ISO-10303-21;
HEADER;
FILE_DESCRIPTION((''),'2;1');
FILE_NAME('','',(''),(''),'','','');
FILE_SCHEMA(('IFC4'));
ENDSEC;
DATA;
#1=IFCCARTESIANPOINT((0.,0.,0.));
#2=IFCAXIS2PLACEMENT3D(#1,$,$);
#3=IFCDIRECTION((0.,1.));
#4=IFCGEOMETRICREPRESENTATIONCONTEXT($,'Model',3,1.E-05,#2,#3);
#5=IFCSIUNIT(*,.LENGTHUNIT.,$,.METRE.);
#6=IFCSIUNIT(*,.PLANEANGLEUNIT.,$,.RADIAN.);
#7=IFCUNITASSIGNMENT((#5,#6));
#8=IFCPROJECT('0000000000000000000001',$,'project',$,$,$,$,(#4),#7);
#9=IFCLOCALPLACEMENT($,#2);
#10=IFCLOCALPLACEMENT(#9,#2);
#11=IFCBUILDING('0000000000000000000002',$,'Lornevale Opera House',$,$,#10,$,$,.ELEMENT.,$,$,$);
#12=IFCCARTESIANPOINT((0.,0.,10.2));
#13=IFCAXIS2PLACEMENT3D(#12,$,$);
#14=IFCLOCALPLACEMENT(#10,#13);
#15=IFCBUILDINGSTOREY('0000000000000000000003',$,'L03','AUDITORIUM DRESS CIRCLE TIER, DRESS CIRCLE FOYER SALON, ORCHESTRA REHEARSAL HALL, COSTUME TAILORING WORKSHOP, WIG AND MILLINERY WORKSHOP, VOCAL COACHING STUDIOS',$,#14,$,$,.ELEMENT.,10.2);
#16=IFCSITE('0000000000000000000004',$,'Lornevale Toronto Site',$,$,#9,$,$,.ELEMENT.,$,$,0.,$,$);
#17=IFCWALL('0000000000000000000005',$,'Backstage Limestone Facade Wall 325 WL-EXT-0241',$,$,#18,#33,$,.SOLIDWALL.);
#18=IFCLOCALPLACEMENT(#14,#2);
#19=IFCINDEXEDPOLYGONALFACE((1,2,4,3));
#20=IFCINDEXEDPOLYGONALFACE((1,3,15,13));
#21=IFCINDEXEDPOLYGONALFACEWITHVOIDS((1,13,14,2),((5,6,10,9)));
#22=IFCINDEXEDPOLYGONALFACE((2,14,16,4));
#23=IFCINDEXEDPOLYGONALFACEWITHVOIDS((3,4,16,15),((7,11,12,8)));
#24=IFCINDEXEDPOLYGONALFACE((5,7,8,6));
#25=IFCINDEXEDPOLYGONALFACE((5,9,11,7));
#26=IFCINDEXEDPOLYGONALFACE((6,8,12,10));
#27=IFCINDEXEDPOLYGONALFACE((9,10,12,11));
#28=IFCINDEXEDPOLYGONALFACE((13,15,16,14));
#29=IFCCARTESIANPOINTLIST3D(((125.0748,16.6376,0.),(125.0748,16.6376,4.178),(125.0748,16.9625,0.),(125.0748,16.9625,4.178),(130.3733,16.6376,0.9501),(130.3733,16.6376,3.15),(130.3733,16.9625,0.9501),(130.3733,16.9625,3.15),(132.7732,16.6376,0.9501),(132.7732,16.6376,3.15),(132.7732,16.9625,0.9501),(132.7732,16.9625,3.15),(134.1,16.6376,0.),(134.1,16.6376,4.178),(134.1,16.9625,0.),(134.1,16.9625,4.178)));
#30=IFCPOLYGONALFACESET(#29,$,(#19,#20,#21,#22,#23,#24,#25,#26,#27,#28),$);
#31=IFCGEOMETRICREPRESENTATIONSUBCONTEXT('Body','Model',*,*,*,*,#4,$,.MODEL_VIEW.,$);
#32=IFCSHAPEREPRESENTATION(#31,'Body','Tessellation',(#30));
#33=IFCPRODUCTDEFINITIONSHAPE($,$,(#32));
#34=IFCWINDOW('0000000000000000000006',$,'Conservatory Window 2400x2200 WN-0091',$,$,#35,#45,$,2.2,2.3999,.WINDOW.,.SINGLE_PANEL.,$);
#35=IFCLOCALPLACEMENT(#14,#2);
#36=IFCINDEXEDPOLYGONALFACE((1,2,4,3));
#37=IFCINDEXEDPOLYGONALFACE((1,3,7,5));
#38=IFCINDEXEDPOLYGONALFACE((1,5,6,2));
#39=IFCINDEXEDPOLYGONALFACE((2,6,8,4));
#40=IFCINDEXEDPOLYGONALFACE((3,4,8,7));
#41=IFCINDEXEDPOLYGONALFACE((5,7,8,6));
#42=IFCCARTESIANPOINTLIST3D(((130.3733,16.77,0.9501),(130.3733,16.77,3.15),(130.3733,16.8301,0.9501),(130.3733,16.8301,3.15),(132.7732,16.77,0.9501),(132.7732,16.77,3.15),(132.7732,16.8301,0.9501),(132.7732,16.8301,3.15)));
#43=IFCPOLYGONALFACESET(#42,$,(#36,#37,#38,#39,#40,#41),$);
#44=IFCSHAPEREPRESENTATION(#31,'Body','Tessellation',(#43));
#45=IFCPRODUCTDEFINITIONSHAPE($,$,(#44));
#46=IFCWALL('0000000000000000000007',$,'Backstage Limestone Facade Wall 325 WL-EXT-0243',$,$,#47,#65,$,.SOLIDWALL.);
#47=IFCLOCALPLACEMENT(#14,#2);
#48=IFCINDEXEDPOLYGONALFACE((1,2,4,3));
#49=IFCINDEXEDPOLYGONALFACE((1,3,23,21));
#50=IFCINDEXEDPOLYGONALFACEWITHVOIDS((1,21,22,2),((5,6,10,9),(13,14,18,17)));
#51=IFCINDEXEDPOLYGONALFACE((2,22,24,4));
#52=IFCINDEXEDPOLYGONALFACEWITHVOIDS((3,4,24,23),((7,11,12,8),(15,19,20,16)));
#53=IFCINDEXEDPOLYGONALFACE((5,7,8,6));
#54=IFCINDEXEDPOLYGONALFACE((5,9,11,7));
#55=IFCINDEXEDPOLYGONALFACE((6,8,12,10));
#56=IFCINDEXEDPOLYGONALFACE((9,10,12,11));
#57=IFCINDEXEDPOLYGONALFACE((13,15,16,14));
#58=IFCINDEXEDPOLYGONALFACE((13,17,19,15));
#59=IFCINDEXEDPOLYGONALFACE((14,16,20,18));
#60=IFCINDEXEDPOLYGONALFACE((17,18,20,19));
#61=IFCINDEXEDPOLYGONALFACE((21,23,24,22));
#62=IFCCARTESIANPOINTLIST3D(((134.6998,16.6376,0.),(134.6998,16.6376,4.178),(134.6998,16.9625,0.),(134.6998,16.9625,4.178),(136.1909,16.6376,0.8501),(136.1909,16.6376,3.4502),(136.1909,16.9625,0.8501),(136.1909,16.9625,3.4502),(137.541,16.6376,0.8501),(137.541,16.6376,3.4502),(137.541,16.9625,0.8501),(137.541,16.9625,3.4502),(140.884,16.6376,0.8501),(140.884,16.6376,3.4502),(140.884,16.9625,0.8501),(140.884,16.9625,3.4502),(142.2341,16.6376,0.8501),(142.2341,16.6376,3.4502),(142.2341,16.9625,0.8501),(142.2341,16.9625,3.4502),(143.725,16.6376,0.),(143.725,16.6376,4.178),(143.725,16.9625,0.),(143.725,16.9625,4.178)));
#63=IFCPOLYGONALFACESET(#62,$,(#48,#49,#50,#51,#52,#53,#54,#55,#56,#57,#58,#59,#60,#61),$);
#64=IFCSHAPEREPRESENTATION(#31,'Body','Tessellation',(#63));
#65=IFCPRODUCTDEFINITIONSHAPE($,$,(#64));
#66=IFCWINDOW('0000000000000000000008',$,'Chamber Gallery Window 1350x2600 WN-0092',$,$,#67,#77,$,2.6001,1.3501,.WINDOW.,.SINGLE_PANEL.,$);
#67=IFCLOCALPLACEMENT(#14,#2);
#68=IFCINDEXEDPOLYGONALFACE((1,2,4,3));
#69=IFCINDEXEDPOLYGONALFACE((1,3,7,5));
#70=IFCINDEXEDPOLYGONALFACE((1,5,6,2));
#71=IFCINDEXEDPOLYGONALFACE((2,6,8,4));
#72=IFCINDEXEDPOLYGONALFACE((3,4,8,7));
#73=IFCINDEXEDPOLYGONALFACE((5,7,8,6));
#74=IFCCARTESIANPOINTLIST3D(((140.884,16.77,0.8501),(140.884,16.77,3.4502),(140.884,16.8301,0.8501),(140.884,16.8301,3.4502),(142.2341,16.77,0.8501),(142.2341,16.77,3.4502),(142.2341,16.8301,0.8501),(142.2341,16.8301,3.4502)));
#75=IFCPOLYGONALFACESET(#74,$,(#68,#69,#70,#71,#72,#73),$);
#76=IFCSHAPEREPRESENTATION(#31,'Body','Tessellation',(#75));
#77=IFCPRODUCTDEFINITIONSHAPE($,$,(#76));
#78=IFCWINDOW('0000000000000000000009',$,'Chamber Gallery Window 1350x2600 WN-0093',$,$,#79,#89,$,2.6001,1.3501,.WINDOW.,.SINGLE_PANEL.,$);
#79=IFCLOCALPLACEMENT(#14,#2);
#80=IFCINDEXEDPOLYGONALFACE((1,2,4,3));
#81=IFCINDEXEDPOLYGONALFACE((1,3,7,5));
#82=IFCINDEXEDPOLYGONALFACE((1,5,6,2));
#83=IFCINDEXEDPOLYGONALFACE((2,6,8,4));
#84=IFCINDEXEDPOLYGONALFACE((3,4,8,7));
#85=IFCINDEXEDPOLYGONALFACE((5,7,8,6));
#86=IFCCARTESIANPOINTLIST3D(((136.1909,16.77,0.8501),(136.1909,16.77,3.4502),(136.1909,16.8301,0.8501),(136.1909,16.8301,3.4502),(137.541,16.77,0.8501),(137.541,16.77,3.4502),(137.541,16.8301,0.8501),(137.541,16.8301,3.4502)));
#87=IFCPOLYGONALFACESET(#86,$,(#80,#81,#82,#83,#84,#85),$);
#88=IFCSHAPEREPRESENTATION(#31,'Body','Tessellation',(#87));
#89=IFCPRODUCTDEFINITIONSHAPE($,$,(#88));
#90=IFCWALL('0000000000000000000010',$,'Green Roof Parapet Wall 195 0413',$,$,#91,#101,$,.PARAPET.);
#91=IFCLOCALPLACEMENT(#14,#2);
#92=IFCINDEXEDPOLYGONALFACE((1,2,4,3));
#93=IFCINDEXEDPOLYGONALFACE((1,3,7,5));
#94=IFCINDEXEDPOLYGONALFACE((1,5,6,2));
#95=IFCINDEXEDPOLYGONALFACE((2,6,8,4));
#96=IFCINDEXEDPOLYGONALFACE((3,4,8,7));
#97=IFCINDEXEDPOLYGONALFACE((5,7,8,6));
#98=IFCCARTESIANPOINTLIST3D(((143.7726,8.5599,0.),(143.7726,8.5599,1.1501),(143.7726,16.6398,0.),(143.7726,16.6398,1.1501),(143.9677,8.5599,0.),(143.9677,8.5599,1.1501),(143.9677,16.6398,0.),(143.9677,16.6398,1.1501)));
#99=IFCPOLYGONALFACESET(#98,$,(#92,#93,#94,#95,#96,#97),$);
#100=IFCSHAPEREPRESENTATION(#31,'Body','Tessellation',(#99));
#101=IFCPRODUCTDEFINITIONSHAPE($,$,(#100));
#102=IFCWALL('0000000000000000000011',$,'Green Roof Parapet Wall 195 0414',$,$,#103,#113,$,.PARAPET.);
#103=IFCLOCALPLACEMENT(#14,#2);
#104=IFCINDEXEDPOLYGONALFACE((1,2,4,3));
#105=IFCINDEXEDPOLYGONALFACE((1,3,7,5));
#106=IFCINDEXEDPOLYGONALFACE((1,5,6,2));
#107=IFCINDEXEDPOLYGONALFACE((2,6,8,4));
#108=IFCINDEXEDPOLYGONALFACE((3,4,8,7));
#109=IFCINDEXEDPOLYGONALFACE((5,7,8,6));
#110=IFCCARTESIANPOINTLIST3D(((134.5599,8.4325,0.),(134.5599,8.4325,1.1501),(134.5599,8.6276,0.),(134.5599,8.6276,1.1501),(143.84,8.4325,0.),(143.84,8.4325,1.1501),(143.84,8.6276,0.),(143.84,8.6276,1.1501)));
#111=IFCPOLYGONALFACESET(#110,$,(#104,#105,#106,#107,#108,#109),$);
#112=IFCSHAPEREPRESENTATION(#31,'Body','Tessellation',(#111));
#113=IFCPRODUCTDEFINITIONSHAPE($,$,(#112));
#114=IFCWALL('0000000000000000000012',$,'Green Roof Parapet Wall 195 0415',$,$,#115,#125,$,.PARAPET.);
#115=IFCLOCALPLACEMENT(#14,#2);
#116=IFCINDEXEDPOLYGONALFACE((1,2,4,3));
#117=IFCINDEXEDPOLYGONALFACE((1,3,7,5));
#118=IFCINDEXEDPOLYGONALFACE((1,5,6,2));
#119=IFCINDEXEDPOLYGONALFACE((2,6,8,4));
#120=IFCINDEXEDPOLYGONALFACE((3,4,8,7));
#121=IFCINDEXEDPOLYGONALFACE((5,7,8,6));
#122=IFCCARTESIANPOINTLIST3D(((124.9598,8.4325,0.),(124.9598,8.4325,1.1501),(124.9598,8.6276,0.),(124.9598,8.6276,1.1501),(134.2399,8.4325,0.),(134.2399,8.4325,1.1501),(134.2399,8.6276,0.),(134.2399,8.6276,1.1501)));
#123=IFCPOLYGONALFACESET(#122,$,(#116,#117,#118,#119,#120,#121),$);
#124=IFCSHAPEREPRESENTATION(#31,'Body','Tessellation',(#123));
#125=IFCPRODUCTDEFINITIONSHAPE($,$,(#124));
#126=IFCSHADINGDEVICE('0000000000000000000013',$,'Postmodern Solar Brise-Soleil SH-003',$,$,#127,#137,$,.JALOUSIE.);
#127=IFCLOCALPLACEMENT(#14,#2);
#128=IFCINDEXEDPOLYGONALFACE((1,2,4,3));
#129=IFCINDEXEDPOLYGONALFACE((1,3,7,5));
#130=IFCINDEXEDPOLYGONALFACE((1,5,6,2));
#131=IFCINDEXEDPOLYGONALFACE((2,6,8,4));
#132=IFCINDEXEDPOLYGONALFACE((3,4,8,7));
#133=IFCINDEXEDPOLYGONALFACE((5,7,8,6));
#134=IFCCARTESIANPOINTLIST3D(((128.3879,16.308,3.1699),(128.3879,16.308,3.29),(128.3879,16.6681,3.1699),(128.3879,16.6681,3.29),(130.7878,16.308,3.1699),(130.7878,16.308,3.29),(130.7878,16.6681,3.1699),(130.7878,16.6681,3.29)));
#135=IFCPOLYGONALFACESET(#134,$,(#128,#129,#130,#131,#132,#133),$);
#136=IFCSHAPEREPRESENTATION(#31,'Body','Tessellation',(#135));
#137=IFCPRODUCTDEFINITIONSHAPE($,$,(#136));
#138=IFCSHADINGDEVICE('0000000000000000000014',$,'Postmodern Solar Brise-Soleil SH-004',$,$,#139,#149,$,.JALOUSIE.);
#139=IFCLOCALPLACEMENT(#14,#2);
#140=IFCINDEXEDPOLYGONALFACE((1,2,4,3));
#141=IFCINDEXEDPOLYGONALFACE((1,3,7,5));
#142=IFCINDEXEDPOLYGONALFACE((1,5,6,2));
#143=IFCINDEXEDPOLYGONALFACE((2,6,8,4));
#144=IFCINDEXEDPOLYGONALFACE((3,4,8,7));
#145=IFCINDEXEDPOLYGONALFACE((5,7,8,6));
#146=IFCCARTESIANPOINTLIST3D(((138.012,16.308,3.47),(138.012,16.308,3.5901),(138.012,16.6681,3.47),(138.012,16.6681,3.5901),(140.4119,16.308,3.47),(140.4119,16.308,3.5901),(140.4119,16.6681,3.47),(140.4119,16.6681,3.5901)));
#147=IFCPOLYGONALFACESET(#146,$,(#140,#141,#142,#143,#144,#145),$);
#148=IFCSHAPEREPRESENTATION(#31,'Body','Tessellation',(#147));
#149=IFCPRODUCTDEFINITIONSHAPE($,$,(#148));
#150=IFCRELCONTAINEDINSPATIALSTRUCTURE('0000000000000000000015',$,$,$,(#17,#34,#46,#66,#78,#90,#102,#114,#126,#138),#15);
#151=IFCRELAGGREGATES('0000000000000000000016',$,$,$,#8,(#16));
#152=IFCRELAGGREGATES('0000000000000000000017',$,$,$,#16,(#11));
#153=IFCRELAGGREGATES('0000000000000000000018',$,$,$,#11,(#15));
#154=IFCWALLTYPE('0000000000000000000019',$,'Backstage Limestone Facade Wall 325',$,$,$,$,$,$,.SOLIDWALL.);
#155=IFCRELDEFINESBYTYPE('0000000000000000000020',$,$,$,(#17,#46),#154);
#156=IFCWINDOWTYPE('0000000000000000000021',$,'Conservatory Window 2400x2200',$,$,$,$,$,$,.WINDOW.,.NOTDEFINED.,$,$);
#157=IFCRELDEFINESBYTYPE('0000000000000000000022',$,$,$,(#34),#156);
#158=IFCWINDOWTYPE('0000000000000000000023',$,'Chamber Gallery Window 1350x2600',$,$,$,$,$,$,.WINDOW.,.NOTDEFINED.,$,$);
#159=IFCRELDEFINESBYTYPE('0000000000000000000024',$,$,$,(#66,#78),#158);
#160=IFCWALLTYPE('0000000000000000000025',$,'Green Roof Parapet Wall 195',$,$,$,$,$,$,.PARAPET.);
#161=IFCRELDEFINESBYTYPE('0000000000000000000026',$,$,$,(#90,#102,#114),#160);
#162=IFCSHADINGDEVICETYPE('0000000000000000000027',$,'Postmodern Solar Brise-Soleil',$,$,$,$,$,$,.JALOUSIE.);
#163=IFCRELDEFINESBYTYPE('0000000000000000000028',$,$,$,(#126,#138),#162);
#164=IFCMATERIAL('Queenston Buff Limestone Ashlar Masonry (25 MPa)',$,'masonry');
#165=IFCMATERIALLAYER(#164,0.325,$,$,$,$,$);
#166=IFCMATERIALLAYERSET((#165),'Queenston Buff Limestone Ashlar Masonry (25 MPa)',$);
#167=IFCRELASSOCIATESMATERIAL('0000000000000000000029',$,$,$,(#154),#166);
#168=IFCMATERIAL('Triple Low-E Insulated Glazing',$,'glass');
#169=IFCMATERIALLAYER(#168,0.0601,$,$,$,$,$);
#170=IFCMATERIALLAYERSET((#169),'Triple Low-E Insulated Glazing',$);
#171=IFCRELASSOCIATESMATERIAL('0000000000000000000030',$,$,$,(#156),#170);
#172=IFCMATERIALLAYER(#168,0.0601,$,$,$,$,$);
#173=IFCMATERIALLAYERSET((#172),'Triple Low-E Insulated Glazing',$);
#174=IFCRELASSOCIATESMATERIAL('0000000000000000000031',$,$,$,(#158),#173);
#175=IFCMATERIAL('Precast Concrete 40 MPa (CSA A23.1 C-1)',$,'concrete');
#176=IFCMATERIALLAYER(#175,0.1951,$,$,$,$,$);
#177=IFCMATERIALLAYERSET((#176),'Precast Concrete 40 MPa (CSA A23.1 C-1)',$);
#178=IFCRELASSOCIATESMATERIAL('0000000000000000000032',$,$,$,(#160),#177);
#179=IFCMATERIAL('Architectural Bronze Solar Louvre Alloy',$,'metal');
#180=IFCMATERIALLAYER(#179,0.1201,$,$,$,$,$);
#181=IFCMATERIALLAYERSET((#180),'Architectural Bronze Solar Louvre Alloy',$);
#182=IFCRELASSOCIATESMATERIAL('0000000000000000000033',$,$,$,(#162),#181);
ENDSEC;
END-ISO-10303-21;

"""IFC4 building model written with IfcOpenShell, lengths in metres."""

from ifc_helpers import new_model, si_unit, direction, frame, frame_2d, origin, origin_2d, place, context, subcontext, project, spatial, rectangle, extrude, material, layer, layer_set, type_object, element, fill, save


model = new_model("IFC4")

# Units and contexts
model_context = context("Model", 3, precision=1e-05, world=origin(), true_north=direction((0.0, 1.0)))
body_context = subcontext(model_context, "Body", "Model", "MODEL_VIEW")
ifc_project = project(units=[si_unit("LENGTHUNIT", "METRE"), si_unit("PLANEANGLEUNIT", "RADIAN")], contexts=[model_context])

# Site, building, storey
site_placement = place(None, origin())
site = spatial("IfcSite", under=ifc_project, at=site_placement, Name="Lornevale Toronto Site", CompositionType="ELEMENT", RefElevation=0.0)
building_placement = place(site_placement, origin())
building = spatial("IfcBuilding", under=site, at=building_placement, Name="Lornevale Opera House", CompositionType="ELEMENT")
storey_placement = place(building_placement, frame((0.0, 0.0, 10.2)))
storey = spatial("IfcBuildingStorey", under=building, at=storey_placement, Name="L03", Description="AUDITORIUM DRESS CIRCLE TIER, DRESS CIRCLE FOYER SALON, ORCHESTRA REHEARSAL HALL, COSTUME TAILORING WORKSHOP, WIG AND MILLINERY WORKSHOP, VOCAL COACHING STUDIOS", CompositionType="ELEMENT", Elevation=10.2)

# Wall, opening, window
ifc_material_1 = material(Name="Queenston Buff Limestone Ashlar Masonry (25 MPa)", Category="masonry")
ifc_layer_1 = layer(ifc_material_1, 0.325)
ifc_layer_set_1 = layer_set([ifc_layer_1], Name="Queenston Buff Limestone Ashlar Masonry (25 MPa)")
wall_type_1 = type_object("IfcWallType", Name="Backstage Limestone Facade Wall 325", PredefinedType="SOLIDWALL", material=ifc_layer_set_1)
wall_1_placement = place(storey_placement, frame((134.1001, 16.8, 0.0), z_axis=(0.0, 0.0, 1.0), x_axis=(-1.0, 0.0, 0.0)))
wall_1 = element("IfcWall", 1, at=wall_1_placement, inside=storey, type_object=wall_type_1, Name="Backstage Limestone Facade Wall 325 WL-EXT-0241", PredefinedType="SOLIDWALL", context=body_context, shape_type="SweptSolid", body=[
    extrude(rectangle(XDim=9.0251, YDim=0.325, at=frame_2d((4.5127, 0.0))), origin(), (0.0, 0.0, 1.0), 4.178),
])
opening_1_placement = place(wall_1_placement, frame((1.3269, 0.0, 0.95)))
opening_1 = element("IfcOpeningElement", 2, at=opening_1_placement, cuts=wall_1, PredefinedType="OPENING", context=body_context, shape_type="SweptSolid", body=[
    extrude(rectangle(XDim=2.3999, YDim=2.2, at=frame_2d((1.2, 1.1001))), frame((0.0, 0.1724, 0.0), z_axis=(0.0, -1.0, 0.0), x_axis=(1.0, 0.0, 0.0)), (0.0, 0.0, 1.0), 0.345),
])
ifc_material_2 = material(Name="Triple Low-E Insulated Glazing", Category="glass")
ifc_layer_2 = layer(ifc_material_2, 0.0601)
ifc_layer_set_2 = layer_set([ifc_layer_2], Name="Triple Low-E Insulated Glazing")
window_type_1 = type_object("IfcWindowType", Name="Conservatory Window 2400x2200", PartitioningType="NOTDEFINED", PredefinedType="WINDOW", material=ifc_layer_set_2)
window_1_placement = place(opening_1_placement, origin())
window_1 = element("IfcWindow", 3, at=window_1_placement, inside=storey, type_object=window_type_1, Name="Conservatory Window 2400x2200 WN-0091", OverallHeight=2.2, OverallWidth=2.3999, PartitioningType="SINGLE_PANEL", PredefinedType="WINDOW", context=body_context, shape_type="SweptSolid", body=[
    extrude(rectangle(XDim=2.3999, YDim=2.2, at=frame_2d((1.2, 1.1001))), frame((0.0, 0.03, 0.0), z_axis=(0.0, -1.0, 0.0), x_axis=(1.0, 0.0, 0.0)), (0.0, 0.0, 1.0), 0.0601),
])
fill(opening_1, window_1)

# Wall, openings, windows
wall_2_placement = place(storey_placement, frame((143.7251, 16.8, 0.0), z_axis=(0.0, 0.0, 1.0), x_axis=(-1.0, 0.0, 0.0)))
wall_2 = element("IfcWall", 4, at=wall_2_placement, inside=storey, type_object=wall_type_1, Name="Backstage Limestone Facade Wall 325 WL-EXT-0243", PredefinedType="SOLIDWALL", context=body_context, shape_type="SweptSolid", body=[
    extrude(rectangle(XDim=9.0251, YDim=0.325, at=frame_2d((4.5127, 0.0))), origin(), (0.0, 0.0, 1.0), 4.178),
])
opening_2_placement = place(wall_2_placement, frame((1.491, 0.0, 0.8501)))
opening_2 = element("IfcOpeningElement", 5, at=opening_2_placement, cuts=wall_2, PredefinedType="OPENING", context=body_context, shape_type="SweptSolid", body=[
    extrude(rectangle(XDim=1.3501, YDim=2.6001, at=frame_2d((0.675, 1.3))), frame((0.0, 0.1724, 0.0), z_axis=(0.0, -1.0, 0.0), x_axis=(1.0, 0.0, 0.0)), (0.0, 0.0, 1.0), 0.345),
])
opening_3_placement = place(wall_2_placement, frame((6.1841, 0.0, 0.8501)))
opening_3 = element("IfcOpeningElement", 6, at=opening_3_placement, cuts=wall_2, PredefinedType="OPENING", context=body_context, shape_type="SweptSolid", body=[
    extrude(rectangle(XDim=1.3501, YDim=2.6001, at=frame_2d((0.675, 1.3))), frame((0.0, 0.1724, 0.0), z_axis=(0.0, -1.0, 0.0), x_axis=(1.0, 0.0, 0.0)), (0.0, 0.0, 1.0), 0.345),
])
ifc_layer_3 = layer(ifc_material_2, 0.0601)
ifc_layer_set_3 = layer_set([ifc_layer_3], Name="Triple Low-E Insulated Glazing")
window_type_2 = type_object("IfcWindowType", Name="Chamber Gallery Window 1350x2600", PartitioningType="NOTDEFINED", PredefinedType="WINDOW", material=ifc_layer_set_3)
window_2_placement = place(opening_2_placement, origin())
window_2 = element("IfcWindow", 7, at=window_2_placement, inside=storey, type_object=window_type_2, Name="Chamber Gallery Window 1350x2600 WN-0092", OverallHeight=2.6001, OverallWidth=1.3501, PartitioningType="SINGLE_PANEL", PredefinedType="WINDOW", context=body_context, shape_type="SweptSolid", body=[
    extrude(rectangle(XDim=1.3501, YDim=2.6001, at=frame_2d((0.675, 1.3))), frame((0.0, 0.03, 0.0), z_axis=(0.0, -1.0, 0.0), x_axis=(1.0, 0.0, 0.0)), (0.0, 0.0, 1.0), 0.0601),
])
fill(opening_2, window_2)
window_3_placement = place(opening_3_placement, origin())
window_3 = element("IfcWindow", 8, at=window_3_placement, inside=storey, type_object=window_type_2, Name="Chamber Gallery Window 1350x2600 WN-0093", OverallHeight=2.6001, OverallWidth=1.3501, PartitioningType="SINGLE_PANEL", PredefinedType="WINDOW", context=body_context, shape_type="SweptSolid", body=[
    extrude(rectangle(XDim=1.3501, YDim=2.6001, at=frame_2d((0.675, 1.3))), frame((0.0, 0.03, 0.0), z_axis=(0.0, -1.0, 0.0), x_axis=(1.0, 0.0, 0.0)), (0.0, 0.0, 1.0), 0.0601),
])
fill(opening_3, window_3)

# Walls
ifc_material_3 = material(Name="Precast Concrete 40 MPa (CSA A23.1 C-1)", Category="concrete")
ifc_layer_4 = layer(ifc_material_3, 0.1951)
ifc_layer_set_4 = layer_set([ifc_layer_4], Name="Precast Concrete 40 MPa (CSA A23.1 C-1)")
wall_type_2 = type_object("IfcWallType", Name="Green Roof Parapet Wall 195", PredefinedType="PARAPET", material=ifc_layer_set_4)
wall_3_placement = place(storey_placement, frame((143.8701, 16.6399, 0.0), z_axis=(0.0, 0.0, 1.0), x_axis=(0.0, -1.0, 0.0)))
element("IfcWall", 9, at=wall_3_placement, inside=storey, type_object=wall_type_2, Name="Green Roof Parapet Wall 195 0413", PredefinedType="PARAPET", context=body_context, shape_type="SweptSolid", body=[
    extrude(rectangle(XDim=8.0798, YDim=0.1951, at=frame_2d((4.04, 0.0))), origin(), (0.0, 0.0, 1.0), 1.1501),
])
for number, where, z_axis, x_axis, name in (
    (10, (143.8401, 8.53, 0.0), (0.0, 0.0, 1.0), (-1.0, 0.0, 0.0), "Green Roof Parapet Wall 195 0414"),
    (11, (134.24, 8.53, 0.0), (0.0, 0.0, 1.0), (-1.0, 0.0, 0.0), "Green Roof Parapet Wall 195 0415"),
):
    element("IfcWall", number, at=place(storey_placement, frame(where, z_axis=z_axis, x_axis=x_axis)), inside=storey, type_object=wall_type_2, Name=name, PredefinedType="PARAPET", context=body_context, shape_type="SweptSolid", body=[
        extrude(rectangle(XDim=9.28, YDim=0.1951, at=frame_2d((4.6401, 0.0))), origin(), (0.0, 0.0, 1.0), 1.1501),
    ])

# Shading devices
ifc_material_4 = material(Name="Architectural Bronze Solar Louvre Alloy", Category="metal")
ifc_layer_5 = layer(ifc_material_4, 0.1201)
ifc_layer_set_5 = layer_set([ifc_layer_5], Name="Architectural Bronze Solar Louvre Alloy")
shading_device_type = type_object("IfcShadingDeviceType", Name="Postmodern Solar Brise-Soleil", PredefinedType="JALOUSIE", material=ifc_layer_set_5)
for number, where, z_axis, x_axis, name in (
    (12, (129.5879, 16.488, 3.1699), (0.0, 0.0, 1.0), (1.0, 0.0, 0.0), "Postmodern Solar Brise-Soleil SH-003"),
    (13, (139.2119, 16.488, 3.47), (0.0, 0.0, 1.0), (1.0, 0.0, 0.0), "Postmodern Solar Brise-Soleil SH-004"),
):
    element("IfcShadingDevice", number, at=place(storey_placement, frame(where, z_axis=z_axis, x_axis=x_axis)), inside=storey, type_object=shading_device_type, Name=name, PredefinedType="JALOUSIE", context=body_context, shape_type="SweptSolid", body=[
        extrude(rectangle(XDim=2.3999, YDim=0.3601, at=origin_2d()), origin(), (0.0, 0.0, 1.0), 0.1201),
    ])

save(model, "model.ifc")
